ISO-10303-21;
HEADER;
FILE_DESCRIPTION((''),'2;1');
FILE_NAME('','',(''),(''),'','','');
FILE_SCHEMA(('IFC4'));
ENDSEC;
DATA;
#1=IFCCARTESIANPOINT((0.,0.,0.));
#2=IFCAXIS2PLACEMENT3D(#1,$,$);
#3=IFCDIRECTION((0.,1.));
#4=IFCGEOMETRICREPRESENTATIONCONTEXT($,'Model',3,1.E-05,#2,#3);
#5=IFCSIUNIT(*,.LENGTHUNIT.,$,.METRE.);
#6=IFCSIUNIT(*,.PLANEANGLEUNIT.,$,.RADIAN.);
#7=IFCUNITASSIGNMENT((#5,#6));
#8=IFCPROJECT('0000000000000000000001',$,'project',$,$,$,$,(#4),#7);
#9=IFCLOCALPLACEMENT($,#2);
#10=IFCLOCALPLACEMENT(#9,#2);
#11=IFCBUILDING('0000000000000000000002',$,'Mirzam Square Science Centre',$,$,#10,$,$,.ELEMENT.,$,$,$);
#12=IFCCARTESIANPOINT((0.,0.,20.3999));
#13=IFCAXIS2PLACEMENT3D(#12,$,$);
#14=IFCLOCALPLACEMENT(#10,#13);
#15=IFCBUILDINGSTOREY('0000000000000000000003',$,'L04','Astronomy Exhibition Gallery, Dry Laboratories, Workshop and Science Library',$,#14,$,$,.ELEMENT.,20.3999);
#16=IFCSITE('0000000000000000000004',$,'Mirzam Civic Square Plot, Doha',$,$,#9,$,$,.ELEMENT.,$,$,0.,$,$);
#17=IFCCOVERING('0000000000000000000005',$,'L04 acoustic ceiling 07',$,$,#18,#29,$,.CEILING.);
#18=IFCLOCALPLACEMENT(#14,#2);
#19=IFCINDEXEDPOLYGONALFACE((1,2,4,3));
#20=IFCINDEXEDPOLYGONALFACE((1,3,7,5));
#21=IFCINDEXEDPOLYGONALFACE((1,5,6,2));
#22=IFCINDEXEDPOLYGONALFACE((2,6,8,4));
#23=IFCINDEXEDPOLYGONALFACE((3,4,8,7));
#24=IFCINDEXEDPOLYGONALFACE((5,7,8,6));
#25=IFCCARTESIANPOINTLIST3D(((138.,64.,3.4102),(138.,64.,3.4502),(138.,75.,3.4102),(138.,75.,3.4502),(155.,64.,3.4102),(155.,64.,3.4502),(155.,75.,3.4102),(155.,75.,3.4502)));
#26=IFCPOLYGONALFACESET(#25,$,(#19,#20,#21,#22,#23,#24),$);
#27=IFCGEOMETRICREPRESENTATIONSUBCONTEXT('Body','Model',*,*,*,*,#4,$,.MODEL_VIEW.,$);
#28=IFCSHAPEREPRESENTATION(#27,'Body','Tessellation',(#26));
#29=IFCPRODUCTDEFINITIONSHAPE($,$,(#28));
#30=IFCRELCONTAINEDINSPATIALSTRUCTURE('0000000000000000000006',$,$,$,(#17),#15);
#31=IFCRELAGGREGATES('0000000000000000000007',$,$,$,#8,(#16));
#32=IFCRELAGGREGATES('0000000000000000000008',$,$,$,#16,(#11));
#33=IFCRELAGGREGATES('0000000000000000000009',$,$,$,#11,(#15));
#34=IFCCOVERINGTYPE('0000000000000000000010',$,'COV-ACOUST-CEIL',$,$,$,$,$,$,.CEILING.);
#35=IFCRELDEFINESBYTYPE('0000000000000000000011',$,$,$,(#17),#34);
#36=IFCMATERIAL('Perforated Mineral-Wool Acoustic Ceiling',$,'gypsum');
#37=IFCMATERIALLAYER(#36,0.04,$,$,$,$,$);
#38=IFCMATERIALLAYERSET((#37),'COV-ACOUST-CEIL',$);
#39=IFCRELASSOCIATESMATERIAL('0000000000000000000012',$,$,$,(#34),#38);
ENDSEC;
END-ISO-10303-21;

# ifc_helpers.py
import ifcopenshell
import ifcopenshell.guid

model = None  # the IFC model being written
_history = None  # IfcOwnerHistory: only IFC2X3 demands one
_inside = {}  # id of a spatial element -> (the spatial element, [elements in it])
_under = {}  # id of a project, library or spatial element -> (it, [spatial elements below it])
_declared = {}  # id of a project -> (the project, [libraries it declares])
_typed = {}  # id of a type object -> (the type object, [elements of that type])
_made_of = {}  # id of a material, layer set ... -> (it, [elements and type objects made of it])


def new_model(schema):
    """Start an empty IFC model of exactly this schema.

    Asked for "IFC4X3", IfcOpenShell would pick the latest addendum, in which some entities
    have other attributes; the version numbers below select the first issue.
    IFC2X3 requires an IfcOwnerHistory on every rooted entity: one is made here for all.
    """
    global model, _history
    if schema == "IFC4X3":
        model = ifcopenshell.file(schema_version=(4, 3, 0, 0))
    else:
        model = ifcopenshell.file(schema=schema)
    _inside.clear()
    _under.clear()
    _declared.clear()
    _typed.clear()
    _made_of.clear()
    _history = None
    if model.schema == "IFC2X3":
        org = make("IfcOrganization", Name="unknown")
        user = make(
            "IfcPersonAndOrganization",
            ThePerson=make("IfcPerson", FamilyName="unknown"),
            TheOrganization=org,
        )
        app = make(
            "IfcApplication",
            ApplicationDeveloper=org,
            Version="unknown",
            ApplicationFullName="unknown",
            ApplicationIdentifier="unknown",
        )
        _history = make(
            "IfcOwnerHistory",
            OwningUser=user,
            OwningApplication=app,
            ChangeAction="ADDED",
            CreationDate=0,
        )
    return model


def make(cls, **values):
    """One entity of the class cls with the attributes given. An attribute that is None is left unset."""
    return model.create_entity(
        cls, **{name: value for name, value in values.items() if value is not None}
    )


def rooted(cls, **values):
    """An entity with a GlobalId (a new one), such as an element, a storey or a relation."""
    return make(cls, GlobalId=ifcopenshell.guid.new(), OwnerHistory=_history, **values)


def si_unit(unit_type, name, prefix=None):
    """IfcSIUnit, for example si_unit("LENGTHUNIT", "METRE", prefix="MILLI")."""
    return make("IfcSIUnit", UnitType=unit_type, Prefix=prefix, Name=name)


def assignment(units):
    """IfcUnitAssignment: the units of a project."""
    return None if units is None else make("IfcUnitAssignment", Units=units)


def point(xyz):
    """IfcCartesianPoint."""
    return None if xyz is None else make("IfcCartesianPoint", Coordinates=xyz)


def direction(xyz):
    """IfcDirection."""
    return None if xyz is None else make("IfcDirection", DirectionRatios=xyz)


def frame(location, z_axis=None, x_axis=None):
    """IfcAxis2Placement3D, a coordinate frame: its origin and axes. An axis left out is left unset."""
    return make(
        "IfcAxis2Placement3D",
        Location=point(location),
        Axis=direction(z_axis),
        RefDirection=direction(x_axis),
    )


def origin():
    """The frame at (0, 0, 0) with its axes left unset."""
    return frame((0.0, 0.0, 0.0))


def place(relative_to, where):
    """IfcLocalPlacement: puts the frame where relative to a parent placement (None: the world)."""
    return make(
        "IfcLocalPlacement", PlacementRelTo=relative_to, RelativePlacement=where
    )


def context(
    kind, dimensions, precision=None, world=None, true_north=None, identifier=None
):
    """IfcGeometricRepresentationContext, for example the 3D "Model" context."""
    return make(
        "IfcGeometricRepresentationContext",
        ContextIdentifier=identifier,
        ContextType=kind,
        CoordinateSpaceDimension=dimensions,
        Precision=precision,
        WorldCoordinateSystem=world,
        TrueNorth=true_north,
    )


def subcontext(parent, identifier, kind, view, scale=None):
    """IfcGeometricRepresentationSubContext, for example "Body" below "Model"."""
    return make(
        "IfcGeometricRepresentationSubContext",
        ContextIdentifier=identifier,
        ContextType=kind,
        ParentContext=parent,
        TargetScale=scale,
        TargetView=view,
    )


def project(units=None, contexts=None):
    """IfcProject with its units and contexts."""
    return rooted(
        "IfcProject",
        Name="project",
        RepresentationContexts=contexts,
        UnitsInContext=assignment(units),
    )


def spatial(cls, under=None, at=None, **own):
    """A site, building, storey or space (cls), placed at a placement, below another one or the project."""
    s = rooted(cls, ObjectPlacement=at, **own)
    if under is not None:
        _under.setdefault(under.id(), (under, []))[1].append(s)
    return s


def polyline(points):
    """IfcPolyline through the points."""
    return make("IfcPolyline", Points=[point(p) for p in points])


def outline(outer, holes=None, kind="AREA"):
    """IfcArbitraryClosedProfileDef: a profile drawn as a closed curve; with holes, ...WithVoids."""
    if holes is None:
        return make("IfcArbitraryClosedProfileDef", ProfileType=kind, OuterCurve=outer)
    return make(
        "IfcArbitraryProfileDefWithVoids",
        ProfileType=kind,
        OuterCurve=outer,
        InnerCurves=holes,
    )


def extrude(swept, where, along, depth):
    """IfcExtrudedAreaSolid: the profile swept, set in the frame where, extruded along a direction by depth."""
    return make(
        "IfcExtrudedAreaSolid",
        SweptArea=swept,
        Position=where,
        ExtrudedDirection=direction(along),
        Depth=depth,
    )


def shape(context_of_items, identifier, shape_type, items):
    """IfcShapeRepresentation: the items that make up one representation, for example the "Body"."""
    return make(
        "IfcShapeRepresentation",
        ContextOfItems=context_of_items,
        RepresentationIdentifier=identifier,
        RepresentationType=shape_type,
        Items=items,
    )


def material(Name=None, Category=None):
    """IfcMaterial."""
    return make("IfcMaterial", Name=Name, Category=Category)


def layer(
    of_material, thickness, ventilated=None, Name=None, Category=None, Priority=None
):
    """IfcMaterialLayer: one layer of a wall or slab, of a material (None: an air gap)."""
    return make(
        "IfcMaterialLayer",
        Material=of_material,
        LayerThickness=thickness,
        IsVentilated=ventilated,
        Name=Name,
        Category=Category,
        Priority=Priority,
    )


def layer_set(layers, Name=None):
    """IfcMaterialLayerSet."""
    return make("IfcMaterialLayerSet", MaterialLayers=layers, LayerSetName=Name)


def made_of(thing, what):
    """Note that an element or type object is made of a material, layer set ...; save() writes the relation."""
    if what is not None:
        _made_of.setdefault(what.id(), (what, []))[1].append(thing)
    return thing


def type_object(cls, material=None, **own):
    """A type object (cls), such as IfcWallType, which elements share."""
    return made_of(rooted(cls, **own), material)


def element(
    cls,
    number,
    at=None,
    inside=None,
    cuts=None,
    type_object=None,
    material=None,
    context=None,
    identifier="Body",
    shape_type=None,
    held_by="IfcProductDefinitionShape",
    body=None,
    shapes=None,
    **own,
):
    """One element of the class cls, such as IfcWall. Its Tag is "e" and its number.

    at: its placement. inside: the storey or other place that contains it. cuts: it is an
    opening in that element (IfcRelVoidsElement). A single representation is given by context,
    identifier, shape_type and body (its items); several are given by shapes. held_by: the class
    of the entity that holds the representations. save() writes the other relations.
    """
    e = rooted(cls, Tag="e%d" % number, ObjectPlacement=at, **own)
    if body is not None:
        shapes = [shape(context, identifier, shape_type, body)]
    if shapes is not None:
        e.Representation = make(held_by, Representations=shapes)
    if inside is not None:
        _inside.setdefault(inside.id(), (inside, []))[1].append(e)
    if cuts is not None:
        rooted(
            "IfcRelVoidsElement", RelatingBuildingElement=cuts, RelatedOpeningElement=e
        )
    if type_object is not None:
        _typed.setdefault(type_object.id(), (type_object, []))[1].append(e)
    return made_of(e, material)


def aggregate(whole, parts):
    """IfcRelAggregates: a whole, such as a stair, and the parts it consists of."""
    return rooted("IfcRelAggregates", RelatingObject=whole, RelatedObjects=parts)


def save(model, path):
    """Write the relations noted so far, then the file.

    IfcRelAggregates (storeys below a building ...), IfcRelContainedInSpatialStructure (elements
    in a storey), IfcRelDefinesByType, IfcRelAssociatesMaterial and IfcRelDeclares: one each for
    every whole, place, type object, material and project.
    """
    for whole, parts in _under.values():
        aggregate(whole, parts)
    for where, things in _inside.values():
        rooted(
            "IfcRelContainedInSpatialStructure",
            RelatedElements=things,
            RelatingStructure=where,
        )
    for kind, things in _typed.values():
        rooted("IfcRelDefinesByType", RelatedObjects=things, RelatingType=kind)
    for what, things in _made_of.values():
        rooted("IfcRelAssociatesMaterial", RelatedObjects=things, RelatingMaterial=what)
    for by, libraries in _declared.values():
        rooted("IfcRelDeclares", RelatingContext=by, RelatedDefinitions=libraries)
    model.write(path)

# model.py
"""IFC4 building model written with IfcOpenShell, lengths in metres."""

from ifc_helpers import new_model, si_unit, direction, frame, origin, place, context, subcontext, project, spatial, polyline, outline, extrude, material, layer, layer_set, type_object, element, save


model = new_model("IFC4")

# Units and contexts
model_context = context("Model", 3, precision=1e-05, world=origin(), true_north=direction((0.0, 1.0)))
body_context = subcontext(model_context, "Body", "Model", "MODEL_VIEW")
ifc_project = project(units=[si_unit("LENGTHUNIT", "METRE"), si_unit("PLANEANGLEUNIT", "RADIAN")], contexts=[model_context])

# Site, building, storey
site_placement = place(None, origin())
site = spatial("IfcSite", under=ifc_project, at=site_placement, Name="Mirzam Civic Square Plot, Doha", CompositionType="ELEMENT", RefElevation=0.0)
building_placement = place(site_placement, origin())
building = spatial("IfcBuilding", under=site, at=building_placement, Name="Mirzam Square Science Centre", CompositionType="ELEMENT")
storey_placement = place(building_placement, frame((0.0, 0.0, 20.3999)))
storey = spatial("IfcBuildingStorey", under=building, at=storey_placement, Name="L04", Description="Astronomy Exhibition Gallery, Dry Laboratories, Workshop and Science Library", CompositionType="ELEMENT", Elevation=20.3999)

# Covering
ifc_material_1 = material(Name="Perforated Mineral-Wool Acoustic Ceiling", Category="gypsum")
ifc_layer_1 = layer(ifc_material_1, 0.04)
ifc_layer_set_1 = layer_set([ifc_layer_1], Name="COV-ACOUST-CEIL")
covering_type = type_object("IfcCoveringType", Name="COV-ACOUST-CEIL", PredefinedType="CEILING", material=ifc_layer_set_1)
covering_placement = place(storey_placement, frame((0.0, 0.0, 3.4102)))
element("IfcCovering", 1, at=covering_placement, inside=storey, type_object=covering_type, Name="L04 acoustic ceiling 07", PredefinedType="CEILING", context=body_context, shape_type="SweptSolid", body=[
    extrude(outline(polyline([(138.0, 64.0), (155.0, 64.0), (155.0, 75.0), (138.0, 75.0), (138.0, 64.0)])), origin(), (0.0, 0.0, 1.0), 0.04),
])

save(model, "model.ifc")
